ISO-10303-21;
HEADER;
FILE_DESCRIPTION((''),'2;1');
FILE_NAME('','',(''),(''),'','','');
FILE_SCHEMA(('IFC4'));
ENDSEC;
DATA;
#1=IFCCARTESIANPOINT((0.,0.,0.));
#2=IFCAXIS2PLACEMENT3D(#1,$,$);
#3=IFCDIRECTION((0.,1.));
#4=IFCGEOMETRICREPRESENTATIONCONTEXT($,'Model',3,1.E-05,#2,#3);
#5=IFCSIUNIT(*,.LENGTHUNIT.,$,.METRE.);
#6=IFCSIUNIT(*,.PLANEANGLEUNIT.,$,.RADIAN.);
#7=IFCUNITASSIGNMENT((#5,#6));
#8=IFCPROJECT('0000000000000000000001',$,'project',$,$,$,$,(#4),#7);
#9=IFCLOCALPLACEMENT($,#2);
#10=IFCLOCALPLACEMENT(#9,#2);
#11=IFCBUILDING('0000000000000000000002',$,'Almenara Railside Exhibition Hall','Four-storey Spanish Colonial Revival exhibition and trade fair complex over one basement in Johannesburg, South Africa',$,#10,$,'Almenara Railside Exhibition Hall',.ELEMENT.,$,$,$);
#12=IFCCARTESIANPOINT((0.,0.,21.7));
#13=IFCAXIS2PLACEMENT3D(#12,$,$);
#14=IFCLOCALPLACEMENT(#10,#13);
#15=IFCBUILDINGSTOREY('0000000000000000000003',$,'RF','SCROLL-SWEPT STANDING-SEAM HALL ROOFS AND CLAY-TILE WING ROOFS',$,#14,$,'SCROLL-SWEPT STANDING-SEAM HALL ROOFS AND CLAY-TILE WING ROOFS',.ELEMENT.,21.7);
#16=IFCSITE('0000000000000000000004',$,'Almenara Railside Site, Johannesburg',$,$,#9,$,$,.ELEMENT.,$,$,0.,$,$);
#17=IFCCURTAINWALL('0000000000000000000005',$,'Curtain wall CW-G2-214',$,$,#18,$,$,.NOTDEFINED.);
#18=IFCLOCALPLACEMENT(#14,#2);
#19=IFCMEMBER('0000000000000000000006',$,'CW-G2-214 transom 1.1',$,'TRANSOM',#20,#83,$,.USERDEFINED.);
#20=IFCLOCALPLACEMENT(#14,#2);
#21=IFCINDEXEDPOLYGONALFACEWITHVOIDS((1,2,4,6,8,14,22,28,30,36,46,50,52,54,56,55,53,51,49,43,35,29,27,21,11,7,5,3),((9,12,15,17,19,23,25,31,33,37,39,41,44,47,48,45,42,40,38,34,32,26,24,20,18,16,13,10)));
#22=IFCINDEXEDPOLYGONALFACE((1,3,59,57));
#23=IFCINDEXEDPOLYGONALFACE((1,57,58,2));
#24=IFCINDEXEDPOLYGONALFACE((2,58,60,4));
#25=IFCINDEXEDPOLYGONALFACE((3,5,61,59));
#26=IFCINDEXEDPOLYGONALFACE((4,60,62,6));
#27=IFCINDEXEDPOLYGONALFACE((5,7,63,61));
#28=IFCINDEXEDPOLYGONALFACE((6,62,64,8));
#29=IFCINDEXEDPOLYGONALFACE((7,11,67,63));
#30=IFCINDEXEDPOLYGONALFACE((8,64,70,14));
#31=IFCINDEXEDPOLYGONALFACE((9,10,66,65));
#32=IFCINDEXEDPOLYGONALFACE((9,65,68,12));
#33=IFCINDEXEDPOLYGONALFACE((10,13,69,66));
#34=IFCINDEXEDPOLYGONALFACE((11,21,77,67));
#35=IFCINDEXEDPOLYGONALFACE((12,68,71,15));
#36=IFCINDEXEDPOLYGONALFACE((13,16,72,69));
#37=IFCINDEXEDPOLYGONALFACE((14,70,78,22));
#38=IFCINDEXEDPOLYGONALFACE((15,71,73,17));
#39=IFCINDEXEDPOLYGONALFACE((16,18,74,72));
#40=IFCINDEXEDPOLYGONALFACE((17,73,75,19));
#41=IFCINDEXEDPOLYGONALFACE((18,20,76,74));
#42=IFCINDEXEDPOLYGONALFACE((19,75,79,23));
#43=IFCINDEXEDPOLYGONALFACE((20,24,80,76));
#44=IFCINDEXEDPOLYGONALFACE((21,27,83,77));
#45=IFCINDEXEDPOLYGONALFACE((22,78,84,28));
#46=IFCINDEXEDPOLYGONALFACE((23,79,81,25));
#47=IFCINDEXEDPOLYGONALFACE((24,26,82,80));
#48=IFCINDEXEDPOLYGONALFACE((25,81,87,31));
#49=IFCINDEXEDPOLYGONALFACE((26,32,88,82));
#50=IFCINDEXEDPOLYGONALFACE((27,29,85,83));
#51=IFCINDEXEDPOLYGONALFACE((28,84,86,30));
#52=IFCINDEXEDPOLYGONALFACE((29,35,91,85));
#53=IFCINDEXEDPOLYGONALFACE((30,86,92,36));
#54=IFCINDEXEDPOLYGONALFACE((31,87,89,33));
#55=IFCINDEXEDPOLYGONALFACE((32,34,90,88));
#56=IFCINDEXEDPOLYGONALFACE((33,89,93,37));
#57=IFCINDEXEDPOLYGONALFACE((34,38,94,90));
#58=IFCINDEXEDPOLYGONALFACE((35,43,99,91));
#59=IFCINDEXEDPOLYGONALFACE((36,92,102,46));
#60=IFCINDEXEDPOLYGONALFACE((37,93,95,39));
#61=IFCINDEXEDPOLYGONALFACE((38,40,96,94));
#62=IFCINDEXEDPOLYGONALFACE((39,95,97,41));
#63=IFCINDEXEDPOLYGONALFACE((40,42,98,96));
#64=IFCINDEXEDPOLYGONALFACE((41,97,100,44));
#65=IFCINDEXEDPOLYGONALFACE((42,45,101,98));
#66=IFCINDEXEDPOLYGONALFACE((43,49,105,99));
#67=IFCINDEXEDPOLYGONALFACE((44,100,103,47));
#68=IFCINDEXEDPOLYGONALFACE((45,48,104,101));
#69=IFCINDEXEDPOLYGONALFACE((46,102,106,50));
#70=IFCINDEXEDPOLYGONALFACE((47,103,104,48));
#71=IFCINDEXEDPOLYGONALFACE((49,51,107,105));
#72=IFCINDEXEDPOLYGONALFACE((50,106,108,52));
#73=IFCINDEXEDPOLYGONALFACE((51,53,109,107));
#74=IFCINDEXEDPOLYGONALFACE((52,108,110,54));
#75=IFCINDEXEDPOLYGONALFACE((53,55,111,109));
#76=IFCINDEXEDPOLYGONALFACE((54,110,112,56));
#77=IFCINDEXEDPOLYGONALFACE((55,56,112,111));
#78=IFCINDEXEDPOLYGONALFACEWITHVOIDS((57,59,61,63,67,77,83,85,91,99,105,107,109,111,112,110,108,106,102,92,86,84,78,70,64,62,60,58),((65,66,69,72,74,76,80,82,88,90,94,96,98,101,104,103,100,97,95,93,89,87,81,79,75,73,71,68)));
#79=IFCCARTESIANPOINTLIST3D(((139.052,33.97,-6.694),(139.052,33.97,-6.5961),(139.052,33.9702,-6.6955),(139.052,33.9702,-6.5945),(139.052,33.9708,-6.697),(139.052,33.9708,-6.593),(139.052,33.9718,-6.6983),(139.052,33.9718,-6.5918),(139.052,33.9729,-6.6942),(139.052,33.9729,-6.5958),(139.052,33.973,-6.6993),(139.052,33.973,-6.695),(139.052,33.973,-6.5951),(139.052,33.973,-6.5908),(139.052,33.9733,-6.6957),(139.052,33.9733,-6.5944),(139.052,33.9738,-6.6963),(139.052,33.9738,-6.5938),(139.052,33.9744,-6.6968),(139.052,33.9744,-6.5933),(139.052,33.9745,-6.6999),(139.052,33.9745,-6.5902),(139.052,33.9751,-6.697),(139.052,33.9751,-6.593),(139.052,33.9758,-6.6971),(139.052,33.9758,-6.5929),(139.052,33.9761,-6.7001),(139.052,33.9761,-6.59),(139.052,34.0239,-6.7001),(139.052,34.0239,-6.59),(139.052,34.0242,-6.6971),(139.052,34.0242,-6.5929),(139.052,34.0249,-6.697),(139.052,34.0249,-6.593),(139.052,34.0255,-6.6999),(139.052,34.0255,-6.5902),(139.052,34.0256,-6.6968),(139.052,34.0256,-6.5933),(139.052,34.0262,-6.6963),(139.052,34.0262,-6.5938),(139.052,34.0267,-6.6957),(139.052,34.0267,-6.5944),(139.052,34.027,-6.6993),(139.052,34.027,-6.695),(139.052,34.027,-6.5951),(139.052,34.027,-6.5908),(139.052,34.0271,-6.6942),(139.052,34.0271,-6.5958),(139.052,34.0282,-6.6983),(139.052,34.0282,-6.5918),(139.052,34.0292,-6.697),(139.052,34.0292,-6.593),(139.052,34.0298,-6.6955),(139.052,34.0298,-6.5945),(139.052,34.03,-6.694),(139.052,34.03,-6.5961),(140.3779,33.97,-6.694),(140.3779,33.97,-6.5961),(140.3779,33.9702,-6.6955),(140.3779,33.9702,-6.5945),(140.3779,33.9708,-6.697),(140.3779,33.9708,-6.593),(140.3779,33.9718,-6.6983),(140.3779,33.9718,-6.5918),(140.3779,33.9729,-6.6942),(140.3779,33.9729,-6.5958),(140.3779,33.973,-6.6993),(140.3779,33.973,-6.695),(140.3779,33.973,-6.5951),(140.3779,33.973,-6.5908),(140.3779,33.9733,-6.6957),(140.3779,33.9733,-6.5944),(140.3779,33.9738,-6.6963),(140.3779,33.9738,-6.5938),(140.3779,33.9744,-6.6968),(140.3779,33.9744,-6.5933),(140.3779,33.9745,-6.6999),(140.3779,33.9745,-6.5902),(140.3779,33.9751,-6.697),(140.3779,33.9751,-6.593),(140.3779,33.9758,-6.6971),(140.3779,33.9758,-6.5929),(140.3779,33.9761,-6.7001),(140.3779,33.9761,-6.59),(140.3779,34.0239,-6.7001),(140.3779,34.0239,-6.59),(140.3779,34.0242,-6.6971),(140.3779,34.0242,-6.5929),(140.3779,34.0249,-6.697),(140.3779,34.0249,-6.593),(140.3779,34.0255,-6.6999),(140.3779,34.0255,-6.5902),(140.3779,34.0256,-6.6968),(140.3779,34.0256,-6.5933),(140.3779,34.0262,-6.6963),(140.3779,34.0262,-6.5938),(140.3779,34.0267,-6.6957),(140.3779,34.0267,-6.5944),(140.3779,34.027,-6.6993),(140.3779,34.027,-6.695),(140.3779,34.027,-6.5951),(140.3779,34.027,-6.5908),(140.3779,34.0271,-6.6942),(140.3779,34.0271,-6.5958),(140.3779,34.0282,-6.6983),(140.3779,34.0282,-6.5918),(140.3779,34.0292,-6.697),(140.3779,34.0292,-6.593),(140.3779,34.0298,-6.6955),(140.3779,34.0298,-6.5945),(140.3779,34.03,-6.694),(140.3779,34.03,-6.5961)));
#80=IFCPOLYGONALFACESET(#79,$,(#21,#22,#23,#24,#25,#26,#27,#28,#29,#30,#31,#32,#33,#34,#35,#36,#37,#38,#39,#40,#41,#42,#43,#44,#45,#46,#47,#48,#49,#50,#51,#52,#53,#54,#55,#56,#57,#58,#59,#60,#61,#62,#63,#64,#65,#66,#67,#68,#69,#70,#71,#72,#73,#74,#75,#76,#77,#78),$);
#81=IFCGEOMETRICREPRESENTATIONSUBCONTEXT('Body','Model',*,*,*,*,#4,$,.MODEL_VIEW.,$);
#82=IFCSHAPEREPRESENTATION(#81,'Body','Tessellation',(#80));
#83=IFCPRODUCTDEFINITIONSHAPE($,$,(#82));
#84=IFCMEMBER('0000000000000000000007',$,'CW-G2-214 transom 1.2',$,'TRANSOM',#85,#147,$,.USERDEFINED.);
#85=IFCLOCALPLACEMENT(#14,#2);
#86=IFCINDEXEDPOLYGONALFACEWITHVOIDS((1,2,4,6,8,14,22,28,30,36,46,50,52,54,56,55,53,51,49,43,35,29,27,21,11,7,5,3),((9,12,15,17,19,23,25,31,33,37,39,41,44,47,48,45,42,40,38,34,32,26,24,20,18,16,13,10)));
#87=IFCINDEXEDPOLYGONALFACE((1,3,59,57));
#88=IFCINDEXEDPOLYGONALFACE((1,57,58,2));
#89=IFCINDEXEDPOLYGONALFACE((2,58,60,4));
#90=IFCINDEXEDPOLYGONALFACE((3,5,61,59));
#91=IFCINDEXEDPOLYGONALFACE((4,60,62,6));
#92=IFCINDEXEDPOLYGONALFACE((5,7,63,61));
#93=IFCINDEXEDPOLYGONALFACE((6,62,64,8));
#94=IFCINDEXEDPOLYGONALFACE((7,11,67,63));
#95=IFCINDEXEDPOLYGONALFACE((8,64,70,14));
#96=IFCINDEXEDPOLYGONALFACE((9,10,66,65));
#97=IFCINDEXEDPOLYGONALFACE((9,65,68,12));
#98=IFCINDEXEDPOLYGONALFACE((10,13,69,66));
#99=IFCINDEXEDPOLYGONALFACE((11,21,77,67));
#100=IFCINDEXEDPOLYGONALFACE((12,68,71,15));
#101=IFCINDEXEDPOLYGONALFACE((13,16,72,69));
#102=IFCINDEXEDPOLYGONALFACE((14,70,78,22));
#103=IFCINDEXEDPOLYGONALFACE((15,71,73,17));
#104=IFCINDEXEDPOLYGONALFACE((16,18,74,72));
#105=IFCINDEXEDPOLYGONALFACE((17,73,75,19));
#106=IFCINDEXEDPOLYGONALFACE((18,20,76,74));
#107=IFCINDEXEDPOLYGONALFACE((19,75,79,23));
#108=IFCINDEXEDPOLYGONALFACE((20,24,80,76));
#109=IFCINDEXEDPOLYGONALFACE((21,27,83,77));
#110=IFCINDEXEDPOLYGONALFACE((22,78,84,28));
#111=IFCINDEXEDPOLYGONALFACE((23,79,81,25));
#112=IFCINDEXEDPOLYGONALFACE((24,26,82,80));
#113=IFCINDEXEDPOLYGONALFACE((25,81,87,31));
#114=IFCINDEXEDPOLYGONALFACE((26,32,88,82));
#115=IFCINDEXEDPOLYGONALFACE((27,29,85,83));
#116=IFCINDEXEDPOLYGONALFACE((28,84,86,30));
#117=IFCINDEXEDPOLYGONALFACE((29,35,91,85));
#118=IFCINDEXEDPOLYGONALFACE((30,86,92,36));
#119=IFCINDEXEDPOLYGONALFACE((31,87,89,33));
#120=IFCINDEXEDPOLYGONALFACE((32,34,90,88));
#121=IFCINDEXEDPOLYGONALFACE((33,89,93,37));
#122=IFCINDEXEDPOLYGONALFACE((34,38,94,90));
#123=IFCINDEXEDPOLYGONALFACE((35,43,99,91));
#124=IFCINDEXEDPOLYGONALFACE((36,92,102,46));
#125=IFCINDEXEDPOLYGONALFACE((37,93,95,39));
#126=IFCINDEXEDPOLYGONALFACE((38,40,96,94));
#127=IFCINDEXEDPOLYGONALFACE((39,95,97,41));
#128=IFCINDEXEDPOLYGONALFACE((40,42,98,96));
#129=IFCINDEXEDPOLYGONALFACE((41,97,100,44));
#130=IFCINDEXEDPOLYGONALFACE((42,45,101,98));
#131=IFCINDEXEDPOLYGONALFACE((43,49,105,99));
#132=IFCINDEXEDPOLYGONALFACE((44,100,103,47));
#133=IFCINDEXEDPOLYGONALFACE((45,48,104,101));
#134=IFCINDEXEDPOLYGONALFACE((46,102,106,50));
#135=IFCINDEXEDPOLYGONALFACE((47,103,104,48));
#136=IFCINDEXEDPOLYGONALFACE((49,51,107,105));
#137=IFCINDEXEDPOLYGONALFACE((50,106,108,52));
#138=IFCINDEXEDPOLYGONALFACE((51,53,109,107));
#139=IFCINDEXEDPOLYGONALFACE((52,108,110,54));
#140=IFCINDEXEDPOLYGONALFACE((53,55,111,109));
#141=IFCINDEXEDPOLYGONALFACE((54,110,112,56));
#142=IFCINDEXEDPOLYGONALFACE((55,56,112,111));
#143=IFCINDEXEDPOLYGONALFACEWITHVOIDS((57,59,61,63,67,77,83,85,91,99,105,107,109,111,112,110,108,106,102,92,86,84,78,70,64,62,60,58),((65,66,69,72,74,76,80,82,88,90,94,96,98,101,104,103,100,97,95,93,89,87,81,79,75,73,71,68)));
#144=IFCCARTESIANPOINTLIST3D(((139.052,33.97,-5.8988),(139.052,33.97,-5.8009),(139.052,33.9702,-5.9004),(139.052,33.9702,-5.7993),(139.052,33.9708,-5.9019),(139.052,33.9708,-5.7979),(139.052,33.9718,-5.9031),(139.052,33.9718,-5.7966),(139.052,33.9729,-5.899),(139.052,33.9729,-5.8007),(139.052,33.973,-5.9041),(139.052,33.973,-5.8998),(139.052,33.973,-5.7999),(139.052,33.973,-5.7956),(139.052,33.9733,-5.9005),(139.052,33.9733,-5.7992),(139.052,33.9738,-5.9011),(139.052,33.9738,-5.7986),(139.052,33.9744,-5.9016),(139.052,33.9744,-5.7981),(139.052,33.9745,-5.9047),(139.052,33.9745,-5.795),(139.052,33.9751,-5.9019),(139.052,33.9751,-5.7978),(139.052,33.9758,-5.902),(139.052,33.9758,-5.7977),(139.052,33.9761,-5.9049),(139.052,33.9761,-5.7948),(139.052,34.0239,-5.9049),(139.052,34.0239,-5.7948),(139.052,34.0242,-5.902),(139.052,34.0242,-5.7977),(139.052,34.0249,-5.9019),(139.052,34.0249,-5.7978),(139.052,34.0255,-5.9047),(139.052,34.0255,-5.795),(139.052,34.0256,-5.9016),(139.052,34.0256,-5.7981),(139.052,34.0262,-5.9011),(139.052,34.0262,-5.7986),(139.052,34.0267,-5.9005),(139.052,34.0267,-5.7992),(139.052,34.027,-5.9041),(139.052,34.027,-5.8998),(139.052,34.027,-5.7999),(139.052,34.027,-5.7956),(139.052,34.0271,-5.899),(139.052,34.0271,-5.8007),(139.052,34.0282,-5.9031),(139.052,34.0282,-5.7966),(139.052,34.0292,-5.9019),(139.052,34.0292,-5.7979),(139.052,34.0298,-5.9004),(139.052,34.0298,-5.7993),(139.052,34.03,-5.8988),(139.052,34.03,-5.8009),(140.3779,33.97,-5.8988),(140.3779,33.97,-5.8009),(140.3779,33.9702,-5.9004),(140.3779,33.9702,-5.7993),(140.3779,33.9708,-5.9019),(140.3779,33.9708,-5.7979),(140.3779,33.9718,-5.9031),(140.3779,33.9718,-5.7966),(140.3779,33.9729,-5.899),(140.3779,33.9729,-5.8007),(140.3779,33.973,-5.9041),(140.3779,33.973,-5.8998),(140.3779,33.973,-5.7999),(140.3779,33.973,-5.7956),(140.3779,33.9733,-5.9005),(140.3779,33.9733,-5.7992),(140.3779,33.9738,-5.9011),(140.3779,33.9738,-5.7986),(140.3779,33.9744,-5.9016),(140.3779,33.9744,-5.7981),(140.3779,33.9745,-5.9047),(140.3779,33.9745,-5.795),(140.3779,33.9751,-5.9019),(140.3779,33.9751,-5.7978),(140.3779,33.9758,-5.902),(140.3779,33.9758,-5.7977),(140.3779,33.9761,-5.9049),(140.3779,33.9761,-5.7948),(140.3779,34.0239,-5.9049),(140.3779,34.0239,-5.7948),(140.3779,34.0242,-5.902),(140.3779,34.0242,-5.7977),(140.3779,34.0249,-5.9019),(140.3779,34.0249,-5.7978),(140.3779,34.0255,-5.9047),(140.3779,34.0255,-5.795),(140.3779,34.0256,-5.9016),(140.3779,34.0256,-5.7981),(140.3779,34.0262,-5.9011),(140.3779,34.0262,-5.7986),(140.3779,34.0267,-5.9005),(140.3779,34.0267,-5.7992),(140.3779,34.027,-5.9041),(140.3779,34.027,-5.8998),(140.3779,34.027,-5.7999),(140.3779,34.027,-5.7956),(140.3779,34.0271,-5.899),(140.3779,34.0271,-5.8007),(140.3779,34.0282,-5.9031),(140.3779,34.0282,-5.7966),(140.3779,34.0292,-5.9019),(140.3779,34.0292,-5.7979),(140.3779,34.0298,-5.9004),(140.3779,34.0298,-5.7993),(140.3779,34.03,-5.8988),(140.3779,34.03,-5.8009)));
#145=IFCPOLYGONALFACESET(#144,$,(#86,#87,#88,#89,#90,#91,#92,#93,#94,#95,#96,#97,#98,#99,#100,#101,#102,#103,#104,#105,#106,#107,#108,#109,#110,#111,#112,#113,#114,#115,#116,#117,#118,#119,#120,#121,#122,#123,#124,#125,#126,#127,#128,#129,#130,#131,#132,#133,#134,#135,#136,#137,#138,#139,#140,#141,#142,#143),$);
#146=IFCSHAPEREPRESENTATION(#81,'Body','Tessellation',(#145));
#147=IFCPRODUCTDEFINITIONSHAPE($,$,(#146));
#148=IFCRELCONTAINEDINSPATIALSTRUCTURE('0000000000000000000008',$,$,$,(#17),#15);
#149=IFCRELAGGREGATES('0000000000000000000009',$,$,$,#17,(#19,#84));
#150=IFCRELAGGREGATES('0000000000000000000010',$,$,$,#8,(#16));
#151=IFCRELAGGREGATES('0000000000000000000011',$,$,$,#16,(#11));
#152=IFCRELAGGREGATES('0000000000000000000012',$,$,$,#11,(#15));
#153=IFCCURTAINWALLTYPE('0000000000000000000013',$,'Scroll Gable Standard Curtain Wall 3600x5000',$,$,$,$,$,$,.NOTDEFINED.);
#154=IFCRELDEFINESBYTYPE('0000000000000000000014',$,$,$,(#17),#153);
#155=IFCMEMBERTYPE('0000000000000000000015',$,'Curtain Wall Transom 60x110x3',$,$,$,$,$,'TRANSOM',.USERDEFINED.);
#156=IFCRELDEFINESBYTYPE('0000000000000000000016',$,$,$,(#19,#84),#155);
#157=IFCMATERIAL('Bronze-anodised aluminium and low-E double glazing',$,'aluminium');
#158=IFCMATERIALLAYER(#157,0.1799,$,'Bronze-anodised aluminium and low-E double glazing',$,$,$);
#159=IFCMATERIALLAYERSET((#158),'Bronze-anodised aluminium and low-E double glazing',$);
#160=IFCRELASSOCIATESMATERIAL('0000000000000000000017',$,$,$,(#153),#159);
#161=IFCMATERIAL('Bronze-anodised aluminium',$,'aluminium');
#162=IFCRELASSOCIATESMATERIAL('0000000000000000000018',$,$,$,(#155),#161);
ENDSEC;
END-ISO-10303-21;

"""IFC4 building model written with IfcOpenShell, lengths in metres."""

from ifc_helpers import new_model, si_unit, direction, frame, origin, origin_2d, place, context, subcontext, project, spatial, hollow_rectangle, extrude, material, layer, layer_set, material_profile, profile_set, type_object, element, aggregate, save


model = new_model("IFC4")

# Units and contexts
model_context = context("Model", 3, precision=1e-05, world=origin(), true_north=direction((0.0, 1.0)))
body_context = subcontext(model_context, "Body", "Model", "MODEL_VIEW")
ifc_project = project(units=[si_unit("LENGTHUNIT", "METRE"), si_unit("PLANEANGLEUNIT", "RADIAN")], contexts=[model_context])

# Site, building, storey
site_placement = place(None, origin())
site = spatial("IfcSite", under=ifc_project, at=site_placement, Name="Almenara Railside Site, Johannesburg", CompositionType="ELEMENT", RefElevation=0.0)
building_placement = place(site_placement, origin())
building = spatial("IfcBuilding", under=site, at=building_placement, Name="Almenara Railside Exhibition Hall", Description="Four-storey Spanish Colonial Revival exhibition and trade fair complex over one basement in Johannesburg, South Africa", LongName="Almenara Railside Exhibition Hall", CompositionType="ELEMENT")
storey_placement = place(building_placement, frame((0.0, 0.0, 21.7)))
storey = spatial("IfcBuildingStorey", under=building, at=storey_placement, Name="RF", Description="SCROLL-SWEPT STANDING-SEAM HALL ROOFS AND CLAY-TILE WING ROOFS", LongName="SCROLL-SWEPT STANDING-SEAM HALL ROOFS AND CLAY-TILE WING ROOFS", CompositionType="ELEMENT", Elevation=21.7)

# Curtain wall, members
ifc_material_1 = material(Name="Bronze-anodised aluminium and low-E double glazing", Category="aluminium")
ifc_layer_1 = layer(ifc_material_1, 0.1799, Name="Bronze-anodised aluminium and low-E double glazing")
ifc_layer_set_1 = layer_set([ifc_layer_1], Name="Bronze-anodised aluminium and low-E double glazing")
curtain_wall_type = type_object("IfcCurtainWallType", Name="Scroll Gable Standard Curtain Wall 3600x5000", PredefinedType="NOTDEFINED", material=ifc_layer_set_1)
curtain_wall_placement = place(storey_placement, origin())
curtain_wall = element("IfcCurtainWall", 1, at=curtain_wall_placement, inside=storey, type_object=curtain_wall_type, Name="Curtain wall CW-G2-214", PredefinedType="NOTDEFINED")
ifc_material_2 = material(Name="Bronze-anodised aluminium", Category="aluminium")
ifc_material_profile_1 = material_profile(ifc_material_2, hollow_rectangle(XDim=0.0601, YDim=0.1101, WallThickness=0.0029, InnerFilletRadius=0.0029, OuterFilletRadius=0.0061, at=origin_2d()), Name="ALU-TRN 60x110x3")
ifc_profile_set_1 = profile_set([ifc_material_profile_1], Name="Bronze-anodised aluminium")
member_type_1 = type_object("IfcMemberType", Name="Curtain Wall Transom 60x110x3", ElementType="TRANSOM", PredefinedType="USERDEFINED", material=ifc_profile_set_1)
member_1_placement = place(storey_placement, frame((139.052, 34.0, -6.645), z_axis=(1.0, 0.0, 0.0), x_axis=(0.0, 1.0, 0.0)))
member_1 = element("IfcMember", 2, at=member_1_placement, type_object=member_type_1, Name="CW-G2-214 transom 1.1", ObjectType="TRANSOM", PredefinedType="USERDEFINED", context=body_context, shape_type="SweptSolid", body=[
    extrude(hollow_rectangle(XDim=0.0601, YDim=0.1101, WallThickness=0.0029, InnerFilletRadius=0.0029, OuterFilletRadius=0.0061, at=origin_2d()), origin(), (0.0, 0.0, 1.0), 1.3259),
])
member_2_placement = place(storey_placement, frame((139.052, 34.0, -5.8499), z_axis=(1.0, 0.0, 0.0), x_axis=(0.0, 1.0, 0.0)))
member_2 = element("IfcMember", 3, at=member_2_placement, type_object=member_type_1, Name="CW-G2-214 transom 1.2", ObjectType="TRANSOM", PredefinedType="USERDEFINED", context=body_context, shape_type="SweptSolid", body=[
    extrude(hollow_rectangle(XDim=0.0601, YDim=0.1101, WallThickness=0.0029, InnerFilletRadius=0.0029, OuterFilletRadius=0.0061, at=origin_2d()), origin(), (0.0, 0.0, 1.0), 1.3259),
])

aggregate(curtain_wall, [member_1, member_2])

save(model, "model.ifc")
